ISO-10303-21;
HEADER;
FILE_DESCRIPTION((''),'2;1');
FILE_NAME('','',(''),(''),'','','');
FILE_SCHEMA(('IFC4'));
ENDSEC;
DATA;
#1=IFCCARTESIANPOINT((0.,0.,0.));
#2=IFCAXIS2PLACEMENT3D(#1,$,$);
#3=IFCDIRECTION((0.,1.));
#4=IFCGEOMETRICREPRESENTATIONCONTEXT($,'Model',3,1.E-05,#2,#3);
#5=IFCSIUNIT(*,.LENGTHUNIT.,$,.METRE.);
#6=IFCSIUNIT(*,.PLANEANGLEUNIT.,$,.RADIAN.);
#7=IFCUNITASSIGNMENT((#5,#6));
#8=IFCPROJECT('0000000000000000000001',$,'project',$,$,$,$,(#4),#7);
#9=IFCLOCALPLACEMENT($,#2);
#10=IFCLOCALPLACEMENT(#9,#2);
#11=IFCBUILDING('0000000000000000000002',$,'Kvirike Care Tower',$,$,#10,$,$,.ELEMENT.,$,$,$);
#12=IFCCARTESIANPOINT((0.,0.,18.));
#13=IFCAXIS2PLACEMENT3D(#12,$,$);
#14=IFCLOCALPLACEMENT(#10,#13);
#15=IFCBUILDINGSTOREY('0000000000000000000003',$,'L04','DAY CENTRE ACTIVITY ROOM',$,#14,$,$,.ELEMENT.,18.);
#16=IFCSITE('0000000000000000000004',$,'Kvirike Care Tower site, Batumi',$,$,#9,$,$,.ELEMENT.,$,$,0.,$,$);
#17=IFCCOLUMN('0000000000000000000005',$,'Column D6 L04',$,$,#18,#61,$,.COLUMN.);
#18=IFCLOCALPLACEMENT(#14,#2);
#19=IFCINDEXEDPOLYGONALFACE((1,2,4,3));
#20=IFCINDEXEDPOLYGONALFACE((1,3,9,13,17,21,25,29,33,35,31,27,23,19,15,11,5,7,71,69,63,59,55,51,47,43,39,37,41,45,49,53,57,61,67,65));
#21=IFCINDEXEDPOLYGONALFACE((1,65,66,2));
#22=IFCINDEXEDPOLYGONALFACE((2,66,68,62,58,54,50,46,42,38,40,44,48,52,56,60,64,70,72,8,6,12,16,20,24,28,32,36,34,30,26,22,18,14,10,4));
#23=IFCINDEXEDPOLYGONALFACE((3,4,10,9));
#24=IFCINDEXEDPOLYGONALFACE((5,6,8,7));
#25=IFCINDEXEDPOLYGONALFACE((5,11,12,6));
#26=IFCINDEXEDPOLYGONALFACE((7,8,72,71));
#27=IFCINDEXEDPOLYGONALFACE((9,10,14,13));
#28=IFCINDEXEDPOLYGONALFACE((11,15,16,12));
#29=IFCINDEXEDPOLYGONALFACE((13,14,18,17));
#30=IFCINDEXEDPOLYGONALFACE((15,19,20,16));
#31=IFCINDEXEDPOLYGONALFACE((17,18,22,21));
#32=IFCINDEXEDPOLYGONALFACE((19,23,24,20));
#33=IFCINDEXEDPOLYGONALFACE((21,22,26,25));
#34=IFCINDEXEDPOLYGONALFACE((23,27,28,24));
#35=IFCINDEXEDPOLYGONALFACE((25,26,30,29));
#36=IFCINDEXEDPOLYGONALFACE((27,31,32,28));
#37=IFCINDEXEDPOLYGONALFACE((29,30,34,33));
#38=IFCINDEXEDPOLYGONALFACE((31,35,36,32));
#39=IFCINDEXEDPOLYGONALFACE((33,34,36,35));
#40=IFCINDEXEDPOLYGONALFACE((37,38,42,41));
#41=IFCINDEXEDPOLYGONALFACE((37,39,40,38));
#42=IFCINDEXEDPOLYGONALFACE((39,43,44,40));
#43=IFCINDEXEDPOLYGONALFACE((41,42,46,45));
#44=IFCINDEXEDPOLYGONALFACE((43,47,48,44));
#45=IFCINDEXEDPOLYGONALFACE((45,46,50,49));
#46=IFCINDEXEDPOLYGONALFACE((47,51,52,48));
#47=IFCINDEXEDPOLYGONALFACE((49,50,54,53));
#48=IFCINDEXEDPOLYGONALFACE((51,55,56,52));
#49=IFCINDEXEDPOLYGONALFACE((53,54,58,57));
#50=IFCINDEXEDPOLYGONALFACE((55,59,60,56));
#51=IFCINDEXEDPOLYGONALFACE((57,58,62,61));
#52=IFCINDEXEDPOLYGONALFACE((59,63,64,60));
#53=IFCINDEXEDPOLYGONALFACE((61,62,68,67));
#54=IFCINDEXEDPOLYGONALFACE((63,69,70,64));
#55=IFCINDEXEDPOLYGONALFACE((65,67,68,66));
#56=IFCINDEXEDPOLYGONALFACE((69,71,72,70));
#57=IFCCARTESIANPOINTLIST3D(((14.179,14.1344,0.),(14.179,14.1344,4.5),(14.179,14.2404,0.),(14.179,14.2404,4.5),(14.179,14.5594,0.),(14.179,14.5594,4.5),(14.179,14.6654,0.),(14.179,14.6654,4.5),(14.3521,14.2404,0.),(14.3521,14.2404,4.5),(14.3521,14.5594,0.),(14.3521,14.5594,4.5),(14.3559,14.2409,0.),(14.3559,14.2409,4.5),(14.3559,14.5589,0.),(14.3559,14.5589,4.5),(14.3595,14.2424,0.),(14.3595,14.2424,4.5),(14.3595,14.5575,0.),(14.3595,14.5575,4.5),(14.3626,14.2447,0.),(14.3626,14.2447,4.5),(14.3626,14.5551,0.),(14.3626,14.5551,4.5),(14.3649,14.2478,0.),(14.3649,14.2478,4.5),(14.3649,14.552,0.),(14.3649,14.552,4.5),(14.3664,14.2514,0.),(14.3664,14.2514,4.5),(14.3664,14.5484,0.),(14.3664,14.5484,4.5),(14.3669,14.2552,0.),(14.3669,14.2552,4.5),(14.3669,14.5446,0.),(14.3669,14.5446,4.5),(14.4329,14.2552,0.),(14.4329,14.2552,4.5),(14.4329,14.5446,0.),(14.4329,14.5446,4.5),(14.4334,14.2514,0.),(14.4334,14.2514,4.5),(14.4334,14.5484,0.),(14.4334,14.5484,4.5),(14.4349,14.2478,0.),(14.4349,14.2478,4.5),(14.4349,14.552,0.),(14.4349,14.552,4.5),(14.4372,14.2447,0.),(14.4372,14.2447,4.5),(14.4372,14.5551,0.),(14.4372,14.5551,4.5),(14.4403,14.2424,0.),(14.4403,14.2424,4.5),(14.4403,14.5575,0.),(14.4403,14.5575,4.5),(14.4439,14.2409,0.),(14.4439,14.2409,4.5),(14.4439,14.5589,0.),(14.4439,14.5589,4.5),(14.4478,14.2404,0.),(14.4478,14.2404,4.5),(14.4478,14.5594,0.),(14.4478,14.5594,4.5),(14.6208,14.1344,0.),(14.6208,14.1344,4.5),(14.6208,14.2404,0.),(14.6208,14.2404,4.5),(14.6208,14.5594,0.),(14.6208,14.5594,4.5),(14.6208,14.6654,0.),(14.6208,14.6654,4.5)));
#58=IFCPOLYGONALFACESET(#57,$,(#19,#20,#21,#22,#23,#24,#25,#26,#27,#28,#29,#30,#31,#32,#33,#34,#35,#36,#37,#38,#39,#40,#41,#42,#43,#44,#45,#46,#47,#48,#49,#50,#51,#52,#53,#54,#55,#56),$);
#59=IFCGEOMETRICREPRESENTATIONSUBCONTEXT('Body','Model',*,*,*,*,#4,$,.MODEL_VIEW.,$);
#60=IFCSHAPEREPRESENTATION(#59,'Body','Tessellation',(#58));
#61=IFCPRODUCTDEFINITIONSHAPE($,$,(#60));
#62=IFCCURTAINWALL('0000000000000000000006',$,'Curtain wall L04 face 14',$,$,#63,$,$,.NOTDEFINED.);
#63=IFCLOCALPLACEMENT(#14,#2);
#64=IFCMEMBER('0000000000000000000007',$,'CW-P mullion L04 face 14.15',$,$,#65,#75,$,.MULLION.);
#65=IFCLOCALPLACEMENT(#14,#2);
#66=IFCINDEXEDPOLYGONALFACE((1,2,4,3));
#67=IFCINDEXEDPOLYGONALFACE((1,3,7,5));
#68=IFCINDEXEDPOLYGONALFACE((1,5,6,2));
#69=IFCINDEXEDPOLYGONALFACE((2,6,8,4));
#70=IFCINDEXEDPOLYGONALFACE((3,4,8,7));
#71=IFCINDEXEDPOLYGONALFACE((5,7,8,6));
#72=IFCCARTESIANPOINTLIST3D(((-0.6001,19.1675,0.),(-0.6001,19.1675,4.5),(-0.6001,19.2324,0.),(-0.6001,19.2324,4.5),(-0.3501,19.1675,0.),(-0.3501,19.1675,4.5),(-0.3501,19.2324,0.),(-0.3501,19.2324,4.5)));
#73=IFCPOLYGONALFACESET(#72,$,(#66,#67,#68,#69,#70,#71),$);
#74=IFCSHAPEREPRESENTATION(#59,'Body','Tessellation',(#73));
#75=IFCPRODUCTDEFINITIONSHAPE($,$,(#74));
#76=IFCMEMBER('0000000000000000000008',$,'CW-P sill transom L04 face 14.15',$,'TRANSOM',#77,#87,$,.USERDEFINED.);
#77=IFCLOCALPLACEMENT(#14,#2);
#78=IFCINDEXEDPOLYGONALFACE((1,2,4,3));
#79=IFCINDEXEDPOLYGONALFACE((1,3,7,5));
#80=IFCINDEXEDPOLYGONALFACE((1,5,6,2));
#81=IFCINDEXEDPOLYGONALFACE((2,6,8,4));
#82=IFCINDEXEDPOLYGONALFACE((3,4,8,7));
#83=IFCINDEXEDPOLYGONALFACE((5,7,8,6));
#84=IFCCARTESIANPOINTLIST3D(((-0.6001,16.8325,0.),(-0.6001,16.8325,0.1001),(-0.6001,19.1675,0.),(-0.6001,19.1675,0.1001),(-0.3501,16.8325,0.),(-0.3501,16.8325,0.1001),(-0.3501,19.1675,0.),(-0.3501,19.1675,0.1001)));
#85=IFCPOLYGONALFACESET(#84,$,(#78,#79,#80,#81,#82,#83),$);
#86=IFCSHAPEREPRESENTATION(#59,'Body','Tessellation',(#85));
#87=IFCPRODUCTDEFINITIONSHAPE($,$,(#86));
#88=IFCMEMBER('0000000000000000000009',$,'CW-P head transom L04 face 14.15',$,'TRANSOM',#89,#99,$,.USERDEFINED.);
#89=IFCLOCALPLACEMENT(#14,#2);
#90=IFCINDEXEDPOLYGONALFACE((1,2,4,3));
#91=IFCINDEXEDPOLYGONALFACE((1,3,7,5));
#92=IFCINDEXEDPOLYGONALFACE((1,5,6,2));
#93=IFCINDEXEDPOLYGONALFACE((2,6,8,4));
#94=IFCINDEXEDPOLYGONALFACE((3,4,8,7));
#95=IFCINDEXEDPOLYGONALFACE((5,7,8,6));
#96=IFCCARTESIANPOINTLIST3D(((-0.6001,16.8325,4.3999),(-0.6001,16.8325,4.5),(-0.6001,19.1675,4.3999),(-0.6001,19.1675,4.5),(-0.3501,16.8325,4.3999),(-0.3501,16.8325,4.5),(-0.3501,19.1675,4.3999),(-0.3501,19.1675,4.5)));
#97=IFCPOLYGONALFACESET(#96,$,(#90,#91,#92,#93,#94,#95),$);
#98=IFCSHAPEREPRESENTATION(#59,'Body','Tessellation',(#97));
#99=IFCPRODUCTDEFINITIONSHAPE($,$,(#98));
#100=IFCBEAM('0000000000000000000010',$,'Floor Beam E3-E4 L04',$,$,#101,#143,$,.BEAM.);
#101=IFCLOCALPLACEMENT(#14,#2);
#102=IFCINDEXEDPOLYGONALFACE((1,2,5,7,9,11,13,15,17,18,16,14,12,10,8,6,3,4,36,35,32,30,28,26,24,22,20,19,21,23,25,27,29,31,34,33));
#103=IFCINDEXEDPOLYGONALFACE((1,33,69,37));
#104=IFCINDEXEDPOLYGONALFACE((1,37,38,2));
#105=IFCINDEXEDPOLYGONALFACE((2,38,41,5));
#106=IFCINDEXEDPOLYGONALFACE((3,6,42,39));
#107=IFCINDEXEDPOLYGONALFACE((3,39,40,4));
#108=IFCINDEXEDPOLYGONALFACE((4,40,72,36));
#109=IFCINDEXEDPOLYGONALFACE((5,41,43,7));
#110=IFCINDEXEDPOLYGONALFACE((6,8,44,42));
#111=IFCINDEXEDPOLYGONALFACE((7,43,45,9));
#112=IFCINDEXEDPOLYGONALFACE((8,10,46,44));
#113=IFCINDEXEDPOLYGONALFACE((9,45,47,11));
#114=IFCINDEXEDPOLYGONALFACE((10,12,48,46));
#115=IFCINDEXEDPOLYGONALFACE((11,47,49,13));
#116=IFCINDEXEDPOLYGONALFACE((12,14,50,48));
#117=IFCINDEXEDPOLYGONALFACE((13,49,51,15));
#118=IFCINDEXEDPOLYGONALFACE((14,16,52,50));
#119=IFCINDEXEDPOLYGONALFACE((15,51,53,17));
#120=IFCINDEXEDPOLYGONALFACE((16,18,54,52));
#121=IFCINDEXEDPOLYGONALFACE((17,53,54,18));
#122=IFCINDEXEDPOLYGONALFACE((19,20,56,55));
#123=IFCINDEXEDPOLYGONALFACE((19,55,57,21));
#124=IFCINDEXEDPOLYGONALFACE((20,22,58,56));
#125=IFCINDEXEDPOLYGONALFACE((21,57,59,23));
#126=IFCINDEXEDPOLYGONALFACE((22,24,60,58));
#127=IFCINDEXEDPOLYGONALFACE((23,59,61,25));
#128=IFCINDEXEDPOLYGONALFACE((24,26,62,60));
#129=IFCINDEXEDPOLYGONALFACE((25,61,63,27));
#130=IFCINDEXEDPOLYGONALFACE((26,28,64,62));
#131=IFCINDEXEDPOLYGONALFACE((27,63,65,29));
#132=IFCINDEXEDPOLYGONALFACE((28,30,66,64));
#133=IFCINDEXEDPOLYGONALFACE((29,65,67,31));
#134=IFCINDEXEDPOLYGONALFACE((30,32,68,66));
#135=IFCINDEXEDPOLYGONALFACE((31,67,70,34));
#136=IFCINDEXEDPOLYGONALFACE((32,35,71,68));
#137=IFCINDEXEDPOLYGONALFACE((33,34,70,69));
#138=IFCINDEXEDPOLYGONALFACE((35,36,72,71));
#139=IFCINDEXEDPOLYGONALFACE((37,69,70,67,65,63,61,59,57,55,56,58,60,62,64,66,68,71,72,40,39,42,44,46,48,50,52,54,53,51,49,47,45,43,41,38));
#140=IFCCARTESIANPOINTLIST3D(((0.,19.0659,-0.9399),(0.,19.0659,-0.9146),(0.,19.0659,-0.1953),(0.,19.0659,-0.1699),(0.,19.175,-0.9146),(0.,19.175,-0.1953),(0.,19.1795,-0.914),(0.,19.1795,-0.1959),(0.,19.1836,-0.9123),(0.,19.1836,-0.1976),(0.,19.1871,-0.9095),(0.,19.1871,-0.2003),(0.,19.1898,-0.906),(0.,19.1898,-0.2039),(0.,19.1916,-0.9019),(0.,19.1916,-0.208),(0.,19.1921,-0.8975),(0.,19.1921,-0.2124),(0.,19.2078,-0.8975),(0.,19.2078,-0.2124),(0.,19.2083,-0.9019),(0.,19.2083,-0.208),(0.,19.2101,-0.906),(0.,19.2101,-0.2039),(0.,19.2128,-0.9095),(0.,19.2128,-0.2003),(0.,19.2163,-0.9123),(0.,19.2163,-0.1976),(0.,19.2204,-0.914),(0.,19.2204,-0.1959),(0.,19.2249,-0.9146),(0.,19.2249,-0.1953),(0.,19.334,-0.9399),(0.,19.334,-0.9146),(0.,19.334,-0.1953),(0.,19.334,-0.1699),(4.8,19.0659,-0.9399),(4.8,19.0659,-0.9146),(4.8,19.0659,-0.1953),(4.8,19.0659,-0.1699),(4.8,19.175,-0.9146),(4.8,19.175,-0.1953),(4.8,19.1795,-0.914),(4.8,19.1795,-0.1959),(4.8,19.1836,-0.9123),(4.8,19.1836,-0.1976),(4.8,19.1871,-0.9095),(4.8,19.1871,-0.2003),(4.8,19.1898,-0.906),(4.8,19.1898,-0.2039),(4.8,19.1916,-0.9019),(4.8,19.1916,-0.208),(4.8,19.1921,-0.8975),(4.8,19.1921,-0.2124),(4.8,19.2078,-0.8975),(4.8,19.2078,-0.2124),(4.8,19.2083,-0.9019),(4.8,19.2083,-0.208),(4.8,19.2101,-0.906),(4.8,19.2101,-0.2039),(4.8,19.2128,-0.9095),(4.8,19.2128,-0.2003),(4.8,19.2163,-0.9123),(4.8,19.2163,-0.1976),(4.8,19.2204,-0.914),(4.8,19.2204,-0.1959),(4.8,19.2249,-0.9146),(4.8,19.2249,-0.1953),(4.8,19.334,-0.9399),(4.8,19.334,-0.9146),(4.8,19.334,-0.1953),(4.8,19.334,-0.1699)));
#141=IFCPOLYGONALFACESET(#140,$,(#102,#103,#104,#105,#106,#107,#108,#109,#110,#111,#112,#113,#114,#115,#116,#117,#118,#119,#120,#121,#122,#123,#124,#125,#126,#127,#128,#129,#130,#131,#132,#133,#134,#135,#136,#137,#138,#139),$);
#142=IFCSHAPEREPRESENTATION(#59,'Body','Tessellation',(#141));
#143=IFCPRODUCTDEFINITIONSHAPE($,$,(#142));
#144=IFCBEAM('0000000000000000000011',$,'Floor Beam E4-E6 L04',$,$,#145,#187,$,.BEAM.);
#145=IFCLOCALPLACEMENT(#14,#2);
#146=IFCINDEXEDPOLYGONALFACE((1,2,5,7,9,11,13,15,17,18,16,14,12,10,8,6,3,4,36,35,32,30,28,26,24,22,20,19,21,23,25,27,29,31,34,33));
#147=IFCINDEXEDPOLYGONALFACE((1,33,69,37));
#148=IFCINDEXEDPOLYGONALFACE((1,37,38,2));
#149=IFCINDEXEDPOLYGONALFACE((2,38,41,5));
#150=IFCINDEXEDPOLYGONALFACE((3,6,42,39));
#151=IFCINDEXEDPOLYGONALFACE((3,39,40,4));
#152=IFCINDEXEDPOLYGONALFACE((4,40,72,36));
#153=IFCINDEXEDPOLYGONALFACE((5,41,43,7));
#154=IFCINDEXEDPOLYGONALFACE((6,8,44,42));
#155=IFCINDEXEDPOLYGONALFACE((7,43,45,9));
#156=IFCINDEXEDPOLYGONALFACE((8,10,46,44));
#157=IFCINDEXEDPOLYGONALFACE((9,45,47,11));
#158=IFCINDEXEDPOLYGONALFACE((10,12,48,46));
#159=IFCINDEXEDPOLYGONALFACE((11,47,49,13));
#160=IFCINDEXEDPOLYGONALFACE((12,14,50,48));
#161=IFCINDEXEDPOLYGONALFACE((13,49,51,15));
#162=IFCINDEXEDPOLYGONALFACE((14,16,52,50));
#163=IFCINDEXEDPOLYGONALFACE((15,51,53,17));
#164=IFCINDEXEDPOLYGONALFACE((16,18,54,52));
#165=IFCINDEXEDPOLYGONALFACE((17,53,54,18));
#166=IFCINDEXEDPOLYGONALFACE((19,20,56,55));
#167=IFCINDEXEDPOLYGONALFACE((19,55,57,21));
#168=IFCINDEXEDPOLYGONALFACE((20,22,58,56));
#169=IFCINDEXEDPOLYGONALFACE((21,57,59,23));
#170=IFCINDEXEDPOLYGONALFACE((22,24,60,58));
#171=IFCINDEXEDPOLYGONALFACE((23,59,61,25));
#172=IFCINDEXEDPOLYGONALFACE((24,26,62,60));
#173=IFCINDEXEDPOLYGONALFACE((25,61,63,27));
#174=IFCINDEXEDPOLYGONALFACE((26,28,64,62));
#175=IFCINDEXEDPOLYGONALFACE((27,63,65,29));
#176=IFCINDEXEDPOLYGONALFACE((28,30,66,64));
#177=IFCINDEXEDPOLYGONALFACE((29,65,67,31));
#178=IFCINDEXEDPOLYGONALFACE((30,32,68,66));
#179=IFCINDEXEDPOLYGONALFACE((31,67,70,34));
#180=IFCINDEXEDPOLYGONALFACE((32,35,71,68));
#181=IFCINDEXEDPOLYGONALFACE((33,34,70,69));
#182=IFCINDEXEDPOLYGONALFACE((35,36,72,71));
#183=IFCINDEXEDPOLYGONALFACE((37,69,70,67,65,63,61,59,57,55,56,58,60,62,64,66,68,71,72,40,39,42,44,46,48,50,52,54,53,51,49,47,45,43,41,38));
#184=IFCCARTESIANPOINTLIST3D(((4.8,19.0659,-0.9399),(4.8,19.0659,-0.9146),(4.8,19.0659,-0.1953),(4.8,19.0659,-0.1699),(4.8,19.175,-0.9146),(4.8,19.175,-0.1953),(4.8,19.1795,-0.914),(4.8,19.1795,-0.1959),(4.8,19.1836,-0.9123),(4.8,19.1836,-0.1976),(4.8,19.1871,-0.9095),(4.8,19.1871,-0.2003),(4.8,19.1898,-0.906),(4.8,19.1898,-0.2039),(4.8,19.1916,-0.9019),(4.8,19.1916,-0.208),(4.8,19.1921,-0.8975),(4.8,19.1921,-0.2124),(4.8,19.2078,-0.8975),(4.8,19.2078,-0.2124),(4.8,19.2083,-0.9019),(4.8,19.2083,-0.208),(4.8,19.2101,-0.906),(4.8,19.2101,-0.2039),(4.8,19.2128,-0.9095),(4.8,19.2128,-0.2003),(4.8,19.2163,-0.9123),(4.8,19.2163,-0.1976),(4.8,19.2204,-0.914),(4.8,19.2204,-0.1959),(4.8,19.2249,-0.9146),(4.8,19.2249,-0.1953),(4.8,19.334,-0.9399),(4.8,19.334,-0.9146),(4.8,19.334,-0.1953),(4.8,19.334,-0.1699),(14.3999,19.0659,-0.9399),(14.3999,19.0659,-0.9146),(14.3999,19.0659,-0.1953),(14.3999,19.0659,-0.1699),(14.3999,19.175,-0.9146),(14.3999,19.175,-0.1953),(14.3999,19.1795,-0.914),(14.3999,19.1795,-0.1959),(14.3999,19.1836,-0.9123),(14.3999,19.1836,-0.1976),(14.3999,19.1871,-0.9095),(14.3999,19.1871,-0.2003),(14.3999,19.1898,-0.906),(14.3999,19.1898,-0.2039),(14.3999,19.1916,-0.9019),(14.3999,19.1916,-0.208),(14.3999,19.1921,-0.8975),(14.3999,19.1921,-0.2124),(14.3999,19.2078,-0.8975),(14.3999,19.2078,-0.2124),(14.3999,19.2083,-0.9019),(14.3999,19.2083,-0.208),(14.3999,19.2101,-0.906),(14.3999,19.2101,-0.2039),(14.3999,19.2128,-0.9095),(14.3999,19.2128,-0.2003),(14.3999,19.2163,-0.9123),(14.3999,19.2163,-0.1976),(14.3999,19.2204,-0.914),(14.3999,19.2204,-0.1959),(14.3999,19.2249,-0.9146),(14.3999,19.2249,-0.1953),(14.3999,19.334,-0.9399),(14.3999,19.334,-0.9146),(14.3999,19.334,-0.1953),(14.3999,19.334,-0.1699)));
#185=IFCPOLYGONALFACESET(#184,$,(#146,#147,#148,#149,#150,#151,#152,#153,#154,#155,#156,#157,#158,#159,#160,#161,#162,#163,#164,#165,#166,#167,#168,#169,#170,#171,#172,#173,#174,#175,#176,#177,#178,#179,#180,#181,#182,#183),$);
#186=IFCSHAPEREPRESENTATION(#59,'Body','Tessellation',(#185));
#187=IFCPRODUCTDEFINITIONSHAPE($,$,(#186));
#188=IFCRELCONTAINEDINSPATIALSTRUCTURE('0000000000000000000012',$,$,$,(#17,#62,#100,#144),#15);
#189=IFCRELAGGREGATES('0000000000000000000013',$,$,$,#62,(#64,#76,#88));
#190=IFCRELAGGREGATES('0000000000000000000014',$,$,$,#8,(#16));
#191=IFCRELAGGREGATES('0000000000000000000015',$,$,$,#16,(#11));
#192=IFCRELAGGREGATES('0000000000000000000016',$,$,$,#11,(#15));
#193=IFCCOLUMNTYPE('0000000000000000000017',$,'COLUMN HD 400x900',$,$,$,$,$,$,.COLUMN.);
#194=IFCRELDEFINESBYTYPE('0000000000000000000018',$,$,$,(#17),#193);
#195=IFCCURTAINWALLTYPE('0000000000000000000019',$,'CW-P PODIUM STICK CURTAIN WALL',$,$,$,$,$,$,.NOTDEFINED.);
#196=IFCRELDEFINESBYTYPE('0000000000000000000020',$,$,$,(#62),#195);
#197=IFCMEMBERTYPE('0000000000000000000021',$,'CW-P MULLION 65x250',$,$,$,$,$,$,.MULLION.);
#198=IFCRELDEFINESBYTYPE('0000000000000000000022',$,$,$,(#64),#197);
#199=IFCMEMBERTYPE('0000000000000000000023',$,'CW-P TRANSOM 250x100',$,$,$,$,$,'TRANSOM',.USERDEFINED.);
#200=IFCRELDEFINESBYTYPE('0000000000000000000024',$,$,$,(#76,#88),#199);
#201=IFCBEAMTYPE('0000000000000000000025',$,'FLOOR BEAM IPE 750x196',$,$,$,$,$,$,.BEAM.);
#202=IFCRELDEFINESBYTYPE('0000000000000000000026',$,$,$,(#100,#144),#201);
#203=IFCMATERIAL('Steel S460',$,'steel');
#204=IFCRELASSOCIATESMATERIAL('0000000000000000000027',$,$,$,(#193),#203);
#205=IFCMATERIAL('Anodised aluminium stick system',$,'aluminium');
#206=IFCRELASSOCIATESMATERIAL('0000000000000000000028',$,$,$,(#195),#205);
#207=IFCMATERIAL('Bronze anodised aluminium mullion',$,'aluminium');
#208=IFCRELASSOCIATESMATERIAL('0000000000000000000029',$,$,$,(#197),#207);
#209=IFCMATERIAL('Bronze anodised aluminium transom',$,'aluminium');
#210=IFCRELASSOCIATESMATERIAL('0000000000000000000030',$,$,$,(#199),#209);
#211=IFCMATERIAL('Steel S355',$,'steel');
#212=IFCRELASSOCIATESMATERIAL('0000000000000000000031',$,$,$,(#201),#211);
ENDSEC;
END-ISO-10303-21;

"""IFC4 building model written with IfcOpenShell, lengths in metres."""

from ifc_helpers import new_model, si_unit, direction, frame, origin, origin_2d, place, context, subcontext, project, spatial, rectangle, i_section, extrude, material, material_profile, profile_set, type_object, element, aggregate, save


model = new_model("IFC4")

# Units and contexts
model_context = context("Model", 3, precision=1e-05, world=origin(), true_north=direction((0.0, 1.0)))
body_context = subcontext(model_context, "Body", "Model", "MODEL_VIEW")
ifc_project = project(units=[si_unit("LENGTHUNIT", "METRE"), si_unit("PLANEANGLEUNIT", "RADIAN")], contexts=[model_context])

# Site, building, storey
site_placement = place(None, origin())
site = spatial("IfcSite", under=ifc_project, at=site_placement, Name="Kvirike Care Tower site, Batumi", CompositionType="ELEMENT", RefElevation=0.0)
building_placement = place(site_placement, origin())
building = spatial("IfcBuilding", under=site, at=building_placement, Name="Kvirike Care Tower", CompositionType="ELEMENT")
storey_placement = place(building_placement, frame((0.0, 0.0, 18.0)))
storey = spatial("IfcBuildingStorey", under=building, at=storey_placement, Name="L04", Description="DAY CENTRE ACTIVITY ROOM", CompositionType="ELEMENT", Elevation=18.0)

# Column
ifc_material_1 = material(Name="Steel S460", Category="steel")
ifc_material_profile_1 = material_profile(ifc_material_1, i_section(OverallWidth=0.4419, OverallDepth=0.531, WebThickness=0.0659, FlangeThickness=0.106, FilletRadius=0.0149, at=origin_2d()), Name="HD 400x900")
ifc_profile_set_1 = profile_set([ifc_material_profile_1], Name="Steel S460")
column_type_1 = type_object("IfcColumnType", Name="COLUMN HD 400x900", PredefinedType="COLUMN", material=ifc_profile_set_1)
for number, where, z_axis, x_axis, name in (
    (1, (14.3999, 14.3999, 0.0), (0.0, 0.0, 1.0), (1.0, 0.0, 0.0), "Column D6 L04"),
):
    element("IfcColumn", number, at=place(storey_placement, frame(where, z_axis=z_axis, x_axis=x_axis)), inside=storey, type_object=column_type_1, Name=name, PredefinedType="COLUMN", context=body_context, shape_type="SweptSolid", body=[
        extrude(i_section(OverallWidth=0.4419, OverallDepth=0.531, WebThickness=0.0659, FlangeThickness=0.106, FilletRadius=0.0149, at=origin_2d()), origin(), (0.0, 0.0, 1.0), 4.5),
    ])

# Curtain wall, members
ifc_material_2 = material(Name="Anodised aluminium stick system", Category="aluminium")
curtain_wall_type = type_object("IfcCurtainWallType", Name="CW-P PODIUM STICK CURTAIN WALL", PredefinedType="NOTDEFINED", material=ifc_material_2)
curtain_wall_placement = place(storey_placement, origin())
curtain_wall = element("IfcCurtainWall", 2, at=curtain_wall_placement, inside=storey, type_object=curtain_wall_type, Name="Curtain wall L04 face 14", PredefinedType="NOTDEFINED")
ifc_material_3 = material(Name="Bronze anodised aluminium mullion", Category="aluminium")
ifc_material_profile_2 = material_profile(ifc_material_3, rectangle(XDim=0.0649, YDim=0.25, at=origin_2d()), Name="CW-P MULLION 65x250")
ifc_profile_set_2 = profile_set([ifc_material_profile_2], Name="Bronze anodised aluminium mullion")
member_type_1 = type_object("IfcMemberType", Name="CW-P MULLION 65x250", PredefinedType="MULLION", material=ifc_profile_set_2)
member_1_placement = place(storey_placement, frame((-0.4751, 19.2, 0.0), z_axis=(0.0, 0.0, 1.0), x_axis=(0.0, -1.0, 0.0)))
member_1 = element("IfcMember", 3, at=member_1_placement, type_object=member_type_1, Name="CW-P mullion L04 face 14.15", PredefinedType="MULLION", context=body_context, shape_type="SweptSolid", body=[
    extrude(rectangle(XDim=0.0649, YDim=0.25, at=origin_2d()), origin(), (0.0, 0.0, 1.0), 4.5),
])
ifc_material_4 = material(Name="Bronze anodised aluminium transom", Category="aluminium")
ifc_material_profile_3 = material_profile(ifc_material_4, rectangle(XDim=0.25, YDim=0.1001, at=origin_2d()), Name="CW-P TRANSOM 250x100")
ifc_profile_set_3 = profile_set([ifc_material_profile_3], Name="Bronze anodised aluminium transom")
member_type_2 = type_object("IfcMemberType", Name="CW-P TRANSOM 250x100", ElementType="TRANSOM", PredefinedType="USERDEFINED", material=ifc_profile_set_3)
member_2_placement = place(storey_placement, frame((-0.4751, 19.1675, 0.05), z_axis=(0.0, -1.0, 0.0), x_axis=(1.0, 0.0, 0.0)))
member_2 = element("IfcMember", 4, at=member_2_placement, type_object=member_type_2, Name="CW-P sill transom L04 face 14.15", ObjectType="TRANSOM", PredefinedType="USERDEFINED", context=body_context, shape_type="SweptSolid", body=[
    extrude(rectangle(XDim=0.25, YDim=0.1001, at=origin_2d()), origin(), (0.0, 0.0, 1.0), 2.335),
])
member_3_placement = place(storey_placement, frame((-0.4751, 19.1675, 4.45), z_axis=(0.0, -1.0, 0.0), x_axis=(1.0, 0.0, 0.0)))
member_3 = element("IfcMember", 5, at=member_3_placement, type_object=member_type_2, Name="CW-P head transom L04 face 14.15", ObjectType="TRANSOM", PredefinedType="USERDEFINED", context=body_context, shape_type="SweptSolid", body=[
    extrude(rectangle(XDim=0.25, YDim=0.1001, at=origin_2d()), origin(), (0.0, 0.0, 1.0), 2.335),
])

# Beams
ifc_material_5 = material(Name="Steel S355", Category="steel")
ifc_material_profile_4 = material_profile(ifc_material_5, i_section(OverallWidth=0.2681, OverallDepth=0.77, WebThickness=0.0156, FlangeThickness=0.0254, FilletRadius=0.0171, at=origin_2d()), Name="IPE 750x196")
ifc_profile_set_4 = profile_set([ifc_material_profile_4], Name="Steel S355")
beam_type_1 = type_object("IfcBeamType", Name="FLOOR BEAM IPE 750x196", PredefinedType="BEAM", material=ifc_profile_set_4)
beam_1_placement = place(storey_placement, frame((0.0, 19.2, -0.5549), z_axis=(1.0, 0.0, 0.0), x_axis=(0.0, 1.0, 0.0)))
element("IfcBeam", 6, at=beam_1_placement, inside=storey, type_object=beam_type_1, Name="Floor Beam E3-E4 L04", PredefinedType="BEAM", context=body_context, shape_type="SweptSolid", body=[
    extrude(i_section(OverallWidth=0.2681, OverallDepth=0.77, WebThickness=0.0156, FlangeThickness=0.0254, FilletRadius=0.0171, at=origin_2d()), origin(), (0.0, 0.0, 1.0), 4.8),
])
beam_2_placement = place(storey_placement, frame((4.8, 19.2, -0.5549), z_axis=(1.0, 0.0, 0.0), x_axis=(0.0, 1.0, 0.0)))
element("IfcBeam", 7, at=beam_2_placement, inside=storey, type_object=beam_type_1, Name="Floor Beam E4-E6 L04", PredefinedType="BEAM", context=body_context, shape_type="SweptSolid", body=[
    extrude(i_section(OverallWidth=0.2681, OverallDepth=0.77, WebThickness=0.0156, FlangeThickness=0.0254, FilletRadius=0.0171, at=origin_2d()), origin(), (0.0, 0.0, 1.0), 9.5999),
])

aggregate(curtain_wall, [member_1, member_2, member_3])

save(model, "model.ifc")
